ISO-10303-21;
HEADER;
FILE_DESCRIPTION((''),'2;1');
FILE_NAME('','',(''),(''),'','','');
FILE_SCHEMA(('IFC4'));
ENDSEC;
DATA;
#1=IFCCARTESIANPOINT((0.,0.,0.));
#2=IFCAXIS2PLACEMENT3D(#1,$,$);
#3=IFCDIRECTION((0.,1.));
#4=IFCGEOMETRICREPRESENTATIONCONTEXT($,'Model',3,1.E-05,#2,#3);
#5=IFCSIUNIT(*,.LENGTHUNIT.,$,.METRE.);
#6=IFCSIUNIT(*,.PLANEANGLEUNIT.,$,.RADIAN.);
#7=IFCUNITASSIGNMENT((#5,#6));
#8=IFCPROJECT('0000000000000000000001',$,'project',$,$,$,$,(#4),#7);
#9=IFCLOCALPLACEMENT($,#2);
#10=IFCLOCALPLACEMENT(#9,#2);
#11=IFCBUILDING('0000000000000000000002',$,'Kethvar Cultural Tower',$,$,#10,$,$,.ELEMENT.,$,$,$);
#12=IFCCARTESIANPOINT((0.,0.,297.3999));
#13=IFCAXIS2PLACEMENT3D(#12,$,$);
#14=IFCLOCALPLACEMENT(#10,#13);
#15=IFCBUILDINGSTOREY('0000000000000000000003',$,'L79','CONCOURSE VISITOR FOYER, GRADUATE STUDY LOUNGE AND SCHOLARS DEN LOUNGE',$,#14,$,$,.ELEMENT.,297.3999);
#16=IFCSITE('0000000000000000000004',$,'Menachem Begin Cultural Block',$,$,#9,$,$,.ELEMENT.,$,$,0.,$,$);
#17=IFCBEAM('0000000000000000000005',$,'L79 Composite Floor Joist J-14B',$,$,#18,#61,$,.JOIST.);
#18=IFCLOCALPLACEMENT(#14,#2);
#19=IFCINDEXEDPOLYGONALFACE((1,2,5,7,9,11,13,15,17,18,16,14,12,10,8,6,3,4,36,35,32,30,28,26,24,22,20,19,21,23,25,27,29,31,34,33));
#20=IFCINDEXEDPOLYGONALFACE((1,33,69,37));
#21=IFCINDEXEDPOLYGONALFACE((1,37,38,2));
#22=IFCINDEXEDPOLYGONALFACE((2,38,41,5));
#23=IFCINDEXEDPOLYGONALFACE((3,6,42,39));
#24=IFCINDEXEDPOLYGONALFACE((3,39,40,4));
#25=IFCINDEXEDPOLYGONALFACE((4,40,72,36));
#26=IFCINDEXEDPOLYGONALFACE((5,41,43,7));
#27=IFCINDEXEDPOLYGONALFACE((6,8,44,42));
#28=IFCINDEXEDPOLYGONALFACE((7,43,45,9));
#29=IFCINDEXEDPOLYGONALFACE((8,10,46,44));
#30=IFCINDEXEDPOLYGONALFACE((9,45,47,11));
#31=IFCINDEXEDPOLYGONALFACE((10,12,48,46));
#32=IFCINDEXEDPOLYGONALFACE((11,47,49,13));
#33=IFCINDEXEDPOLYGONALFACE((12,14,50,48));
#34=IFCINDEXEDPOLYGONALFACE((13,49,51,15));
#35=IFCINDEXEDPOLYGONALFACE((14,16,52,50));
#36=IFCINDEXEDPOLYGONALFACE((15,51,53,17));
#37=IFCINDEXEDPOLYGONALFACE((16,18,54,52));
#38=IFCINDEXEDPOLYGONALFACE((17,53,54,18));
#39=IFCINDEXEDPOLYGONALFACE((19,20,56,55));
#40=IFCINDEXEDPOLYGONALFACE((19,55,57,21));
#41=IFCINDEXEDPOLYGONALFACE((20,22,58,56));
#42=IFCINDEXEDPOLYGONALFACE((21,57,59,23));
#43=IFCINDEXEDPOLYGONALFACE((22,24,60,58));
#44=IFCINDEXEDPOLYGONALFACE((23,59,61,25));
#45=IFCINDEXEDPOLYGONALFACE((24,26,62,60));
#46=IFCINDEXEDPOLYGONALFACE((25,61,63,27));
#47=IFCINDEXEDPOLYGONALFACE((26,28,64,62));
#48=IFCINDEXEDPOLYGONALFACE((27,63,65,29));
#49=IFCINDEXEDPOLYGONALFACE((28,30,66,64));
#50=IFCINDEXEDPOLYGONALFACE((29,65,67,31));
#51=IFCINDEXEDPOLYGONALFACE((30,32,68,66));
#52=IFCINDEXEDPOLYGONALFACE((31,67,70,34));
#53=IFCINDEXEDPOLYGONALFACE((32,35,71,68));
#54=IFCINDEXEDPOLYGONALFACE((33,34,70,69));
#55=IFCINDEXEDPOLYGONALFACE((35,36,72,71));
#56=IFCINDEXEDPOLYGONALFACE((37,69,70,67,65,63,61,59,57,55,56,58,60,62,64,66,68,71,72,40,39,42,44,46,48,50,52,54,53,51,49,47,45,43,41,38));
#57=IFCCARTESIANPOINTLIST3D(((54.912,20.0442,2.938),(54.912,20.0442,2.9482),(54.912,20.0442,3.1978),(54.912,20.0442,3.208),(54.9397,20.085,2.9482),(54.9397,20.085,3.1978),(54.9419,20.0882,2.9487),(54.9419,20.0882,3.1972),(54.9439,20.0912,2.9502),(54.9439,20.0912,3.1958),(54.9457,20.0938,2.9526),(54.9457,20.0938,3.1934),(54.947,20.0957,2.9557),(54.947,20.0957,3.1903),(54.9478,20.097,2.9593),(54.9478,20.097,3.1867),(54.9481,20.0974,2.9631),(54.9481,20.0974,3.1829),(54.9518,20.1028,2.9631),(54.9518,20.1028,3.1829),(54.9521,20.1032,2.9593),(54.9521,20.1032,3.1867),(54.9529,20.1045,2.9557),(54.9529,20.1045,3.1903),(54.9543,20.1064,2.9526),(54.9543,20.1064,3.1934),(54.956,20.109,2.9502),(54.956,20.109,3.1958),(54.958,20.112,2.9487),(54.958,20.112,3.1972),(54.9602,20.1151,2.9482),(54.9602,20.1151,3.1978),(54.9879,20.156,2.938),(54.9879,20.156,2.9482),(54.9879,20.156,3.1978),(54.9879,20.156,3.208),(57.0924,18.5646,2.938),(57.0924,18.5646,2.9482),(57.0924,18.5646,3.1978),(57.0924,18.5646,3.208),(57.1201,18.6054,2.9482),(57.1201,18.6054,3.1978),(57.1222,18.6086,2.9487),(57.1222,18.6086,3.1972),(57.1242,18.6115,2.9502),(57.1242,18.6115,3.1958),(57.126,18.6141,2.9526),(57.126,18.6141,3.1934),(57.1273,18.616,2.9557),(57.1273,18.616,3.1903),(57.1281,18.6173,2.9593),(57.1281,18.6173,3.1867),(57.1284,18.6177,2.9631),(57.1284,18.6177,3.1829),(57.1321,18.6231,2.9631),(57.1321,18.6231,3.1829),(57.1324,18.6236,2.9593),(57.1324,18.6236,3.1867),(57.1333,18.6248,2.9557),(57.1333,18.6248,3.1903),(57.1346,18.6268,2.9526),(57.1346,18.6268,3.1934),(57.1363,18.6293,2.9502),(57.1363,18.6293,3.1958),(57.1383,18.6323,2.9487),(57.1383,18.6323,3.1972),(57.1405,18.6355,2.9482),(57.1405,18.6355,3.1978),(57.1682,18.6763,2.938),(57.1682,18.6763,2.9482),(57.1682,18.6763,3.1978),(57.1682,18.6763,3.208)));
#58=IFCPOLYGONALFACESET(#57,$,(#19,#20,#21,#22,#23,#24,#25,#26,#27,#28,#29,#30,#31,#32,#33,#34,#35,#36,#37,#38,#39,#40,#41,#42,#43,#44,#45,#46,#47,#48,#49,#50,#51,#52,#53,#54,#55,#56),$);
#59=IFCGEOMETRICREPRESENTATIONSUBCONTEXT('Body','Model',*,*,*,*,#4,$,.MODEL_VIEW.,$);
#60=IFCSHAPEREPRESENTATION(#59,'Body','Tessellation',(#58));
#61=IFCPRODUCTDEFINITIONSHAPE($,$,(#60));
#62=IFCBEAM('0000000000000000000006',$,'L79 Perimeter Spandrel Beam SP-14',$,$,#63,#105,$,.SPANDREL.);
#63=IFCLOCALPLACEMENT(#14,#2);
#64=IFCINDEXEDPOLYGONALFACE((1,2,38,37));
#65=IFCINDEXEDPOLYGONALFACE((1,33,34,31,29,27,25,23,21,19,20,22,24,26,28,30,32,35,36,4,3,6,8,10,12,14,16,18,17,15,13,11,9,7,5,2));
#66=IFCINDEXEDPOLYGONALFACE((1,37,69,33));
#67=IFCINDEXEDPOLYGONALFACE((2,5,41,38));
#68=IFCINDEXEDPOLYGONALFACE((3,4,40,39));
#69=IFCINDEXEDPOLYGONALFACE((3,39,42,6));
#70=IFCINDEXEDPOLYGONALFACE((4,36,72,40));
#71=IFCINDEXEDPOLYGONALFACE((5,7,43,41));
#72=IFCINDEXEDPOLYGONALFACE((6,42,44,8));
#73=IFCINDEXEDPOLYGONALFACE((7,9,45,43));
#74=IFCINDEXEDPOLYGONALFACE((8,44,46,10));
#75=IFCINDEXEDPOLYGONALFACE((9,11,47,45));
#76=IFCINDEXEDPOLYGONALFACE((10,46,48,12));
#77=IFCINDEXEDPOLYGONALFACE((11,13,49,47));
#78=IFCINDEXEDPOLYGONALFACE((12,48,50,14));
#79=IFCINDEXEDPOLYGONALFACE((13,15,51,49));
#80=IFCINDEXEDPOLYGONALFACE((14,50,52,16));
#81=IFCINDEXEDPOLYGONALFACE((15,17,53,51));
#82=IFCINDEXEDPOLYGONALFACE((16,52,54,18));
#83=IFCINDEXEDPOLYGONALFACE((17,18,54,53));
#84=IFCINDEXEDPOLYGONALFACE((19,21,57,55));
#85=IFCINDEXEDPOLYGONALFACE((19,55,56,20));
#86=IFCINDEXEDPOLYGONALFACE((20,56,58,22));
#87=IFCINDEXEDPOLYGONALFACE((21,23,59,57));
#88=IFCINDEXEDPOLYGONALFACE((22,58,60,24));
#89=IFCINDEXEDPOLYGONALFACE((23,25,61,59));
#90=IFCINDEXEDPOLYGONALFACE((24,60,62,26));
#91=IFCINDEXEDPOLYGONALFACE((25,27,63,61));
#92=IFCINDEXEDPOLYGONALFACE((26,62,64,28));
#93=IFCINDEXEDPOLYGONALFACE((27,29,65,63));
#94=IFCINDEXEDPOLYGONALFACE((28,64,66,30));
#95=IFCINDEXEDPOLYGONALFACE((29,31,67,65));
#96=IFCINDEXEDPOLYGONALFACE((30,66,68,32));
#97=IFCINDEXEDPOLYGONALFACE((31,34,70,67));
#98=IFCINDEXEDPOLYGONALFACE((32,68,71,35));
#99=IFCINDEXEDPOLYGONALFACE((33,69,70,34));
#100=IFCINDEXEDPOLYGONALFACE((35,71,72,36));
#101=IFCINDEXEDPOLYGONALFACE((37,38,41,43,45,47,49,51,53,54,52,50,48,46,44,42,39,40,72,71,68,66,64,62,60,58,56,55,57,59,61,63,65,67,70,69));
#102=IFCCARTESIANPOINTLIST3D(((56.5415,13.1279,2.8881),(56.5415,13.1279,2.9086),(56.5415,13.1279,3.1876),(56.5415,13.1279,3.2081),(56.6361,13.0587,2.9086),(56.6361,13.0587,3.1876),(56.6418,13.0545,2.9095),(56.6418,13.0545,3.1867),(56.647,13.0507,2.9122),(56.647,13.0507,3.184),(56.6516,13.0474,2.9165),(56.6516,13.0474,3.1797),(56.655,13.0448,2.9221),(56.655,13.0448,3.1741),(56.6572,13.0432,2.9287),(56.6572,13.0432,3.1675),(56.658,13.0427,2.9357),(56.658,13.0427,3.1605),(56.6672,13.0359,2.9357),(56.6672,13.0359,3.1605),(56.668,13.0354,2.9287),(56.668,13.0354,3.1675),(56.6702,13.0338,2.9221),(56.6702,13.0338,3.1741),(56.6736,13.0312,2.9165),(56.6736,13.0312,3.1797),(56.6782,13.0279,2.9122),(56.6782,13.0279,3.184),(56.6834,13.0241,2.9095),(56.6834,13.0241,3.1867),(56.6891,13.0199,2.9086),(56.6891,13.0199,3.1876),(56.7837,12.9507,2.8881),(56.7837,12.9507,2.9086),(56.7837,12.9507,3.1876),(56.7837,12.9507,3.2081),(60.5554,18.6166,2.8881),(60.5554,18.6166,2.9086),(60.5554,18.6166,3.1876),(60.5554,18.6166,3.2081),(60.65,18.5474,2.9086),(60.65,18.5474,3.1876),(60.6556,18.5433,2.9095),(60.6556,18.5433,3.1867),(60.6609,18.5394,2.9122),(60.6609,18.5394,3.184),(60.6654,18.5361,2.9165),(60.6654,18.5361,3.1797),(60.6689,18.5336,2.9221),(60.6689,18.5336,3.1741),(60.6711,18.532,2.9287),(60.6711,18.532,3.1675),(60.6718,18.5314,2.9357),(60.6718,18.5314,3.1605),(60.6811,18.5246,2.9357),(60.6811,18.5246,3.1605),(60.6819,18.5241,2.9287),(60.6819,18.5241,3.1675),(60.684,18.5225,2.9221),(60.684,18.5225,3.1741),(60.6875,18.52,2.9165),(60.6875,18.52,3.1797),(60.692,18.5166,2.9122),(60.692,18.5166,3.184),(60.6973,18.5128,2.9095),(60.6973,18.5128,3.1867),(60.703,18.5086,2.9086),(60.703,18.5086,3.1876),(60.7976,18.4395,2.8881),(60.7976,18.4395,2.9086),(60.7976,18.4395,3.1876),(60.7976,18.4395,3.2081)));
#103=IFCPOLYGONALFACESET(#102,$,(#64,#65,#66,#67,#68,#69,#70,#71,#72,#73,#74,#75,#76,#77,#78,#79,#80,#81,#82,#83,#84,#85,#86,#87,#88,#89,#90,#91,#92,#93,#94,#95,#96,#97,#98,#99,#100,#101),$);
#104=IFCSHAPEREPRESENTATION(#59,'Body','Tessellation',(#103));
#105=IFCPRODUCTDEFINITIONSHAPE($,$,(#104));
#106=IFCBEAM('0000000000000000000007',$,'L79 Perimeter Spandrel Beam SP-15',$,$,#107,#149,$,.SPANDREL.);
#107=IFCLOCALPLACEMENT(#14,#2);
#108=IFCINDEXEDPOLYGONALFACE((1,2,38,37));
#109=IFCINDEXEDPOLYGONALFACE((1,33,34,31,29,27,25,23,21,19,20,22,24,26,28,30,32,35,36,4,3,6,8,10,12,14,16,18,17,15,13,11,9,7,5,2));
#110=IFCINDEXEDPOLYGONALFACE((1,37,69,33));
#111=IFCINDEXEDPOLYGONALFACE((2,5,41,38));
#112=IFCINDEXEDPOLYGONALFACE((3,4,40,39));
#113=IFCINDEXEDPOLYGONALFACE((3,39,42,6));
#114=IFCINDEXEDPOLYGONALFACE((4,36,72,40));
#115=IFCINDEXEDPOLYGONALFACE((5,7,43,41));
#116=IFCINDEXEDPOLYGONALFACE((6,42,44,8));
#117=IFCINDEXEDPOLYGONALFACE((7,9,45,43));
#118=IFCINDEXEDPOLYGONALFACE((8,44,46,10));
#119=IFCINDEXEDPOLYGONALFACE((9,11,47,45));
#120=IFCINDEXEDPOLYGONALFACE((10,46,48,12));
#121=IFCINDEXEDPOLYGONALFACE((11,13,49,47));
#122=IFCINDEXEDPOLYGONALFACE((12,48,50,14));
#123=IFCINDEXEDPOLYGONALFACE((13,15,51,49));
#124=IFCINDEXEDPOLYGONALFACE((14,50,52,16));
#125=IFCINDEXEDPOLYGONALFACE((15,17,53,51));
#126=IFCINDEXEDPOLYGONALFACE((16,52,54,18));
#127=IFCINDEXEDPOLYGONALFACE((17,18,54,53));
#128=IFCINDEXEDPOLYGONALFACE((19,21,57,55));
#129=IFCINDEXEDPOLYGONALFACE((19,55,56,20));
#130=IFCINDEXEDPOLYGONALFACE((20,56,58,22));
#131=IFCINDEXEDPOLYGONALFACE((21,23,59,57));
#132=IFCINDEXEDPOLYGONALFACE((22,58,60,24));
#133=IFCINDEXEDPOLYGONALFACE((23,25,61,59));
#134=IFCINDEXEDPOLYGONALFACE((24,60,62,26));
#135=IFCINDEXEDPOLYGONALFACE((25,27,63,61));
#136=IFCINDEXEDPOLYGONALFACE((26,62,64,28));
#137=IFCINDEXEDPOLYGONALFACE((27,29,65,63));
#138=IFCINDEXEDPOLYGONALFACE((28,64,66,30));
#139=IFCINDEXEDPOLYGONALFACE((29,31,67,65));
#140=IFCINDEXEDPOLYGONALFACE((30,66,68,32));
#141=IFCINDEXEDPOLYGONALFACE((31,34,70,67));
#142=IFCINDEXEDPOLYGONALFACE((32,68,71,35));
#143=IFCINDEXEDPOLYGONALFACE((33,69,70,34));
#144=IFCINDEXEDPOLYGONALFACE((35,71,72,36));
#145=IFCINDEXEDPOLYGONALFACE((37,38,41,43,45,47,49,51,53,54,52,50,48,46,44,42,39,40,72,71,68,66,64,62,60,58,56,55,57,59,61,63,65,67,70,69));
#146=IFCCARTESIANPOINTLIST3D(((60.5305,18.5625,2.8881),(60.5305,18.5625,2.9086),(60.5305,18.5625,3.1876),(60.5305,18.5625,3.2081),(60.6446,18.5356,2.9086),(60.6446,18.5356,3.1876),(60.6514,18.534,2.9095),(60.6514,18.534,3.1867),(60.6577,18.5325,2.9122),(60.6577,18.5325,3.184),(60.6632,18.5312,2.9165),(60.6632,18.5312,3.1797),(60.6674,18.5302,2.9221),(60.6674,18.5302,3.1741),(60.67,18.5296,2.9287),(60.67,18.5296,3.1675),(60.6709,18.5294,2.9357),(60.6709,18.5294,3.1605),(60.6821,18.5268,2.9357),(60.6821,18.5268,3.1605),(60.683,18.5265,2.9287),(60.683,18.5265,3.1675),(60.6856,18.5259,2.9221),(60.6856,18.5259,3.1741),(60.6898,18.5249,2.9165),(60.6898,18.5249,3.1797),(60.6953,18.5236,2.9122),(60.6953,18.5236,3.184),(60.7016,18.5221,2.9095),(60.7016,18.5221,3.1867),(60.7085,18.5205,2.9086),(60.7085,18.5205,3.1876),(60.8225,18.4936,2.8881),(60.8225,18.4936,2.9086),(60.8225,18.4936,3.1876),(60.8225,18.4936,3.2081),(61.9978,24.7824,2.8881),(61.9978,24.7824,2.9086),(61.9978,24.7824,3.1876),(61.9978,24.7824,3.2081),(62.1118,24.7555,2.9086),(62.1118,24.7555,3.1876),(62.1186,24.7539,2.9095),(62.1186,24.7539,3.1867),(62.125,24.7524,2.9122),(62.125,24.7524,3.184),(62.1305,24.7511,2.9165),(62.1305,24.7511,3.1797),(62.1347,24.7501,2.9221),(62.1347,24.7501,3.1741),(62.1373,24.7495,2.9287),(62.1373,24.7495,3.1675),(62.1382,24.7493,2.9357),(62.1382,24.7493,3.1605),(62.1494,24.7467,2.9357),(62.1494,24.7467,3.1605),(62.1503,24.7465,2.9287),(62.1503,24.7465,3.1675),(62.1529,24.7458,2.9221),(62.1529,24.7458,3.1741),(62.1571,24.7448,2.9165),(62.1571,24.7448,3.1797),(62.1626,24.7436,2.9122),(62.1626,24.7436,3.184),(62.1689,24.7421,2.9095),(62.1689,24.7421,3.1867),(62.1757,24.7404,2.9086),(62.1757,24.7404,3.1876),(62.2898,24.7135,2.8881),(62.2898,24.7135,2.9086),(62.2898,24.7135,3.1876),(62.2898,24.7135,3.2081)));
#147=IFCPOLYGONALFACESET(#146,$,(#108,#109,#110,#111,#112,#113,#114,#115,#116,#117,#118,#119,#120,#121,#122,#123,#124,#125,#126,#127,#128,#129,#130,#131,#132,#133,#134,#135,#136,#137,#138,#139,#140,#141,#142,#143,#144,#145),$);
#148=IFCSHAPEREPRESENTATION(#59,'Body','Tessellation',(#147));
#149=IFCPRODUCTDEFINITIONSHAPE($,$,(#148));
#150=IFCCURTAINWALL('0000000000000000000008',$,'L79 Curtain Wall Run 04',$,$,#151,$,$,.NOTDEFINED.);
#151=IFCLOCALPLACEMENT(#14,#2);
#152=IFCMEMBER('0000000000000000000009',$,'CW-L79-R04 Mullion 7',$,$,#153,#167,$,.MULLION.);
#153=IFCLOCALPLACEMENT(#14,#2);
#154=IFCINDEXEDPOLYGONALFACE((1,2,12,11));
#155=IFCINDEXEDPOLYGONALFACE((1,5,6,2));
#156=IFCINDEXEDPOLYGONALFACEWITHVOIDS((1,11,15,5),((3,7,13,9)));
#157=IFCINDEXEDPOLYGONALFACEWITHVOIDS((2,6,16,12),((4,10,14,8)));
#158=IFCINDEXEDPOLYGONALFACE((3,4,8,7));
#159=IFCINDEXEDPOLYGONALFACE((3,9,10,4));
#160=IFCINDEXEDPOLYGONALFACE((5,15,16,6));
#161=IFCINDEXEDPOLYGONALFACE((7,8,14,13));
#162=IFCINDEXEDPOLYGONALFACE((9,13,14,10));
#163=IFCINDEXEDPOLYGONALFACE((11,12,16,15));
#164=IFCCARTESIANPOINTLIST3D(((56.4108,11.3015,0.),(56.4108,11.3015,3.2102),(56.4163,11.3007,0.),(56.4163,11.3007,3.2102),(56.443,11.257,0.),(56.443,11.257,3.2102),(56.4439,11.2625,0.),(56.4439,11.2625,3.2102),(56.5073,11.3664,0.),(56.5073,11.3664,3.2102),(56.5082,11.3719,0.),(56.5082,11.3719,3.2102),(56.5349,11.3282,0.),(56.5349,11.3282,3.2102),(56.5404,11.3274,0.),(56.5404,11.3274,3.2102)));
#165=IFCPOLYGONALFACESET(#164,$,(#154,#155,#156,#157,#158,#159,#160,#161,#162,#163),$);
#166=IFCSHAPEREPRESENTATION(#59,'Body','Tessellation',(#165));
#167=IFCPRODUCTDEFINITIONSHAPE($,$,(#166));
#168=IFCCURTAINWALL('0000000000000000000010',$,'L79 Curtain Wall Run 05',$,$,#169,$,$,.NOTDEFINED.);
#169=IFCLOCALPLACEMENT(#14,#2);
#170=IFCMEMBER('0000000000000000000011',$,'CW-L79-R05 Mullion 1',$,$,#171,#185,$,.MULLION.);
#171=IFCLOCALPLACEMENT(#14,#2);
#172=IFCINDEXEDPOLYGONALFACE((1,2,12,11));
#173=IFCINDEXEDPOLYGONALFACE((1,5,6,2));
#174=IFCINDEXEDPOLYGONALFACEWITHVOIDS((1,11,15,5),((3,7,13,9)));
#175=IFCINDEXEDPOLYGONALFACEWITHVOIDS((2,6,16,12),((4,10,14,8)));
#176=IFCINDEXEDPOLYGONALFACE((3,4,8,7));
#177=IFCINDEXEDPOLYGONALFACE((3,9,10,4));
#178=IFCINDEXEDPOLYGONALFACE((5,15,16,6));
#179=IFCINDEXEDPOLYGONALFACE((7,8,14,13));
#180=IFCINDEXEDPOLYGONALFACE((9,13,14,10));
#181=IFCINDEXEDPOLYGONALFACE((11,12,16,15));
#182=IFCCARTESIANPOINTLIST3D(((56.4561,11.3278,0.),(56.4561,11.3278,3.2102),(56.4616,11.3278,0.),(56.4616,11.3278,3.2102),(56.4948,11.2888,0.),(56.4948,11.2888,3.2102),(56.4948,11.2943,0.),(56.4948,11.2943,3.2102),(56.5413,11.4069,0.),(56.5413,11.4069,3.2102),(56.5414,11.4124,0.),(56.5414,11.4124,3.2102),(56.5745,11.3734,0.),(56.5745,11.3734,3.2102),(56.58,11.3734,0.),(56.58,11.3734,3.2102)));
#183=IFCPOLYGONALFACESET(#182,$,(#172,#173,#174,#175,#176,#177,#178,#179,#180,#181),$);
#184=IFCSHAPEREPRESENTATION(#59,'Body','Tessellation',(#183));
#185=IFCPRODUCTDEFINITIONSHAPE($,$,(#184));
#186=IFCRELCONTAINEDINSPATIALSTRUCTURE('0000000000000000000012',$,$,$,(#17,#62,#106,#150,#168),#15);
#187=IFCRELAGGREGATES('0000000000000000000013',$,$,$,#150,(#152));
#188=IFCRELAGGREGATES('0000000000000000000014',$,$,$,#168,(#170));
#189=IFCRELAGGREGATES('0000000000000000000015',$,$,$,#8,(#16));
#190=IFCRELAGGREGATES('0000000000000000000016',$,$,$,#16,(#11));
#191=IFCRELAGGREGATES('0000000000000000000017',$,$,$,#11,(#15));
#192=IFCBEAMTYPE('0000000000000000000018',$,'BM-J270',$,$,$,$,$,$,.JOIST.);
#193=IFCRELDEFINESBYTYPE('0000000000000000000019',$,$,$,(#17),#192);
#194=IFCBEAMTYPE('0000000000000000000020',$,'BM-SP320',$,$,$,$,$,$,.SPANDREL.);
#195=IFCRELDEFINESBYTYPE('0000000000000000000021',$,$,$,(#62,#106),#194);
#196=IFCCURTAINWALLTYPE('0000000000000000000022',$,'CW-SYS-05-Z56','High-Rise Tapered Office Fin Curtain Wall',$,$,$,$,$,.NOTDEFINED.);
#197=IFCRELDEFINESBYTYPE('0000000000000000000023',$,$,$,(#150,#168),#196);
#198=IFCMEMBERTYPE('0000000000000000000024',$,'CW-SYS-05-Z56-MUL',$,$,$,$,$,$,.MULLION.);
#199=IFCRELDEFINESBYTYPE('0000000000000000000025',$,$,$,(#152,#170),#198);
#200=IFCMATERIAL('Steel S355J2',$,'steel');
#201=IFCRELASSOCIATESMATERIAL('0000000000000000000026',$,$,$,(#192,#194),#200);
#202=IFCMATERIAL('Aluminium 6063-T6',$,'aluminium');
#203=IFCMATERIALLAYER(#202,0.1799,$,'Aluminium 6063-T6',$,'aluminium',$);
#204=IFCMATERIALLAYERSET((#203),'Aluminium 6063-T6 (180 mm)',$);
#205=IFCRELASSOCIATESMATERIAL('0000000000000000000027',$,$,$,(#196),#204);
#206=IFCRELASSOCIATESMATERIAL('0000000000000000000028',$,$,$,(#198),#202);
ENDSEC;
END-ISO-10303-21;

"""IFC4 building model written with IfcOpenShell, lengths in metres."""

from ifc_helpers import new_model, si_unit, direction, frame, origin, origin_2d, place, context, subcontext, project, spatial, hollow_rectangle, i_section, extrude, source, transform, mapped, material, layer, layer_set, material_profile, profile_set, type_object, element, aggregate, save


model = new_model("IFC4")

# Units and contexts
model_context = context("Model", 3, precision=1e-05, world=origin(), true_north=direction((0.0, 1.0)))
body_context = subcontext(model_context, "Body", "Model", "MODEL_VIEW")
ifc_project = project(units=[si_unit("LENGTHUNIT", "METRE"), si_unit("PLANEANGLEUNIT", "RADIAN")], contexts=[model_context])

# Site, building, storey
site_placement = place(None, origin())
site = spatial("IfcSite", under=ifc_project, at=site_placement, Name="Menachem Begin Cultural Block", CompositionType="ELEMENT", RefElevation=0.0)
building_placement = place(site_placement, origin())
building = spatial("IfcBuilding", under=site, at=building_placement, Name="Kethvar Cultural Tower", CompositionType="ELEMENT")
storey_placement = place(building_placement, frame((0.0, 0.0, 297.3999)))
storey = spatial("IfcBuildingStorey", under=building, at=storey_placement, Name="L79", Description="CONCOURSE VISITOR FOYER, GRADUATE STUDY LOUNGE AND SCHOLARS DEN LOUNGE", CompositionType="ELEMENT", Elevation=297.3999)

# Shared definitions
ifc_material_1 = material(Name="Steel S355J2", Category="steel")

# Beams
ifc_material_profile_1 = material_profile(ifc_material_1, i_section(OverallWidth=0.135, OverallDepth=0.27, WebThickness=0.0066, FlangeThickness=0.0103, FilletRadius=0.0149, at=origin_2d()), Name="Steel S355J2 — IPE270")
ifc_profile_set_1 = profile_set([ifc_material_profile_1], Name="Steel S355J2 — IPE270")
beam_type_1 = type_object("IfcBeamType", Name="BM-J270", PredefinedType="JOIST", material=ifc_profile_set_1)
shared_shape_1 = source(origin(), body_context, "Body", "SweptSolid", [
    extrude(i_section(OverallWidth=0.135, OverallDepth=0.27, WebThickness=0.0066, FlangeThickness=0.0103, FilletRadius=0.0149, at=origin_2d()), origin(), (0.0, 0.0, 1.0), 2.635),
])
beam_1_placement = place(storey_placement, frame((54.95, 20.1001, 3.073), z_axis=(0.827447, -0.561544, 0.0), x_axis=(0.561544, 0.827447, 0.0)))
element("IfcBeam", 1, at=beam_1_placement, inside=storey, type_object=beam_type_1, Name="L79 Composite Floor Joist J-14B", PredefinedType="JOIST", context=body_context, shape_type="MappedRepresentation", body=[
    mapped(shared_shape_1, transform((0.0, 0.0, 0.0), scale=1.0)),
])
ifc_material_profile_2 = material_profile(ifc_material_1, i_section(OverallWidth=0.3, OverallDepth=0.3201, WebThickness=0.0115, FlangeThickness=0.0205, FilletRadius=0.0271, at=origin_2d()), Name="Steel S355J2 — HEB320")
ifc_profile_set_2 = profile_set([ifc_material_profile_2], Name="Steel S355J2 — HEB320")
beam_type_2 = type_object("IfcBeamType", Name="BM-SP320", PredefinedType="SPANDREL", material=ifc_profile_set_2)
shared_shape_2 = source(origin(), body_context, "Body", "SweptSolid", [
    extrude(i_section(OverallWidth=0.3, OverallDepth=0.3201, WebThickness=0.0115, FlangeThickness=0.0205, FilletRadius=0.0271, at=origin_2d()), origin(), (0.0, 0.0, 1.0), 6.7998),
])
beam_2_placement = place(storey_placement, frame((56.6626, 13.0393, 3.0481), z_axis=(0.590294, 0.807188, 0.0), x_axis=(-0.807188, 0.590294, 0.0)))
element("IfcBeam", 2, at=beam_2_placement, inside=storey, type_object=beam_type_2, Name="L79 Perimeter Spandrel Beam SP-14", PredefinedType="SPANDREL", context=body_context, shape_type="MappedRepresentation", body=[
    mapped(shared_shape_2, transform((0.0, 0.0, 0.0), scale=1.0)),
])
shared_shape_3 = source(origin(), body_context, "Body", "SweptSolid", [
    extrude(i_section(OverallWidth=0.3, OverallDepth=0.3201, WebThickness=0.0115, FlangeThickness=0.0205, FilletRadius=0.0271, at=origin_2d()), origin(), (0.0, 0.0, 1.0), 6.3906),
])
beam_3_placement = place(storey_placement, frame((60.6765, 18.5281, 3.0481), z_axis=(0.229597, 0.973286, 0.0), x_axis=(-0.973286, 0.229597, 0.0)))
element("IfcBeam", 3, at=beam_3_placement, inside=storey, type_object=beam_type_2, Name="L79 Perimeter Spandrel Beam SP-15", PredefinedType="SPANDREL", context=body_context, shape_type="MappedRepresentation", body=[
    mapped(shared_shape_3, transform((0.0, 0.0, 0.0), scale=1.0)),
])

# Curtain wall, member
ifc_material_2 = material(Name="Aluminium 6063-T6", Category="aluminium")
ifc_layer_1 = layer(ifc_material_2, 0.1799, Name="Aluminium 6063-T6", Category="aluminium")
ifc_layer_set_1 = layer_set([ifc_layer_1], Name="Aluminium 6063-T6 (180 mm)")
curtain_wall_type = type_object("IfcCurtainWallType", Name="CW-SYS-05-Z56", Description="High-Rise Tapered Office Fin Curtain Wall", PredefinedType="NOTDEFINED", material=ifc_layer_set_1)
curtain_wall_1_placement = place(storey_placement, origin())
curtain_wall_1 = element("IfcCurtainWall", 4, at=curtain_wall_1_placement, inside=storey, type_object=curtain_wall_type, Name="L79 Curtain Wall Run 04", PredefinedType="NOTDEFINED")
ifc_material_profile_3 = material_profile(ifc_material_2, hollow_rectangle(XDim=0.0549, YDim=0.1201, WallThickness=0.0039, at=origin_2d()), Name="Aluminium 6063-T6 — RHS120x55x4")
ifc_profile_set_3 = profile_set([ifc_material_profile_3], Name="Aluminium 6063-T6 — RHS120x55x4")
member_type_1 = type_object("IfcMemberType", Name="CW-SYS-05-Z56-MUL", PredefinedType="MULLION", material=ifc_profile_set_3)
shared_shape_4 = source(origin(), body_context, "Body", "SweptSolid", [
    extrude(hollow_rectangle(XDim=0.0549, YDim=0.1201, WallThickness=0.0039, at=origin_2d()), origin(), (0.0, 0.0, 1.0), 3.2102),
])
member_1_placement = place(storey_placement, frame((56.4756, 11.3145, 0.0), z_axis=(0.0, 0.0, 1.0), x_axis=(-0.58558, 0.810614, 0.0)))
member_1 = element("IfcMember", 5, at=member_1_placement, type_object=member_type_1, Name="CW-L79-R04 Mullion 7", PredefinedType="MULLION", context=body_context, shape_type="MappedRepresentation", body=[
    mapped(shared_shape_4, transform((0.0, 0.0, 0.0), scale=1.0)),
])

# Curtain wall, member
curtain_wall_2_placement = place(storey_placement, origin())
curtain_wall_2 = element("IfcCurtainWall", 6, at=curtain_wall_2_placement, inside=storey, type_object=curtain_wall_type, Name="L79 Curtain Wall Run 05", PredefinedType="NOTDEFINED")
member_2_placement = place(storey_placement, frame((56.5181, 11.3506, 0.0), z_axis=(0.0, 0.0, 1.0), x_axis=(-0.704374, 0.709829, 0.0)))
member_2 = element("IfcMember", 7, at=member_2_placement, type_object=member_type_1, Name="CW-L79-R05 Mullion 1", PredefinedType="MULLION", context=body_context, shape_type="MappedRepresentation", body=[
    mapped(shared_shape_4, transform((0.0, 0.0, 0.0), scale=1.0)),
])

aggregate(curtain_wall_1, [member_1])
aggregate(curtain_wall_2, [member_2])

save(model, "model.ifc")
